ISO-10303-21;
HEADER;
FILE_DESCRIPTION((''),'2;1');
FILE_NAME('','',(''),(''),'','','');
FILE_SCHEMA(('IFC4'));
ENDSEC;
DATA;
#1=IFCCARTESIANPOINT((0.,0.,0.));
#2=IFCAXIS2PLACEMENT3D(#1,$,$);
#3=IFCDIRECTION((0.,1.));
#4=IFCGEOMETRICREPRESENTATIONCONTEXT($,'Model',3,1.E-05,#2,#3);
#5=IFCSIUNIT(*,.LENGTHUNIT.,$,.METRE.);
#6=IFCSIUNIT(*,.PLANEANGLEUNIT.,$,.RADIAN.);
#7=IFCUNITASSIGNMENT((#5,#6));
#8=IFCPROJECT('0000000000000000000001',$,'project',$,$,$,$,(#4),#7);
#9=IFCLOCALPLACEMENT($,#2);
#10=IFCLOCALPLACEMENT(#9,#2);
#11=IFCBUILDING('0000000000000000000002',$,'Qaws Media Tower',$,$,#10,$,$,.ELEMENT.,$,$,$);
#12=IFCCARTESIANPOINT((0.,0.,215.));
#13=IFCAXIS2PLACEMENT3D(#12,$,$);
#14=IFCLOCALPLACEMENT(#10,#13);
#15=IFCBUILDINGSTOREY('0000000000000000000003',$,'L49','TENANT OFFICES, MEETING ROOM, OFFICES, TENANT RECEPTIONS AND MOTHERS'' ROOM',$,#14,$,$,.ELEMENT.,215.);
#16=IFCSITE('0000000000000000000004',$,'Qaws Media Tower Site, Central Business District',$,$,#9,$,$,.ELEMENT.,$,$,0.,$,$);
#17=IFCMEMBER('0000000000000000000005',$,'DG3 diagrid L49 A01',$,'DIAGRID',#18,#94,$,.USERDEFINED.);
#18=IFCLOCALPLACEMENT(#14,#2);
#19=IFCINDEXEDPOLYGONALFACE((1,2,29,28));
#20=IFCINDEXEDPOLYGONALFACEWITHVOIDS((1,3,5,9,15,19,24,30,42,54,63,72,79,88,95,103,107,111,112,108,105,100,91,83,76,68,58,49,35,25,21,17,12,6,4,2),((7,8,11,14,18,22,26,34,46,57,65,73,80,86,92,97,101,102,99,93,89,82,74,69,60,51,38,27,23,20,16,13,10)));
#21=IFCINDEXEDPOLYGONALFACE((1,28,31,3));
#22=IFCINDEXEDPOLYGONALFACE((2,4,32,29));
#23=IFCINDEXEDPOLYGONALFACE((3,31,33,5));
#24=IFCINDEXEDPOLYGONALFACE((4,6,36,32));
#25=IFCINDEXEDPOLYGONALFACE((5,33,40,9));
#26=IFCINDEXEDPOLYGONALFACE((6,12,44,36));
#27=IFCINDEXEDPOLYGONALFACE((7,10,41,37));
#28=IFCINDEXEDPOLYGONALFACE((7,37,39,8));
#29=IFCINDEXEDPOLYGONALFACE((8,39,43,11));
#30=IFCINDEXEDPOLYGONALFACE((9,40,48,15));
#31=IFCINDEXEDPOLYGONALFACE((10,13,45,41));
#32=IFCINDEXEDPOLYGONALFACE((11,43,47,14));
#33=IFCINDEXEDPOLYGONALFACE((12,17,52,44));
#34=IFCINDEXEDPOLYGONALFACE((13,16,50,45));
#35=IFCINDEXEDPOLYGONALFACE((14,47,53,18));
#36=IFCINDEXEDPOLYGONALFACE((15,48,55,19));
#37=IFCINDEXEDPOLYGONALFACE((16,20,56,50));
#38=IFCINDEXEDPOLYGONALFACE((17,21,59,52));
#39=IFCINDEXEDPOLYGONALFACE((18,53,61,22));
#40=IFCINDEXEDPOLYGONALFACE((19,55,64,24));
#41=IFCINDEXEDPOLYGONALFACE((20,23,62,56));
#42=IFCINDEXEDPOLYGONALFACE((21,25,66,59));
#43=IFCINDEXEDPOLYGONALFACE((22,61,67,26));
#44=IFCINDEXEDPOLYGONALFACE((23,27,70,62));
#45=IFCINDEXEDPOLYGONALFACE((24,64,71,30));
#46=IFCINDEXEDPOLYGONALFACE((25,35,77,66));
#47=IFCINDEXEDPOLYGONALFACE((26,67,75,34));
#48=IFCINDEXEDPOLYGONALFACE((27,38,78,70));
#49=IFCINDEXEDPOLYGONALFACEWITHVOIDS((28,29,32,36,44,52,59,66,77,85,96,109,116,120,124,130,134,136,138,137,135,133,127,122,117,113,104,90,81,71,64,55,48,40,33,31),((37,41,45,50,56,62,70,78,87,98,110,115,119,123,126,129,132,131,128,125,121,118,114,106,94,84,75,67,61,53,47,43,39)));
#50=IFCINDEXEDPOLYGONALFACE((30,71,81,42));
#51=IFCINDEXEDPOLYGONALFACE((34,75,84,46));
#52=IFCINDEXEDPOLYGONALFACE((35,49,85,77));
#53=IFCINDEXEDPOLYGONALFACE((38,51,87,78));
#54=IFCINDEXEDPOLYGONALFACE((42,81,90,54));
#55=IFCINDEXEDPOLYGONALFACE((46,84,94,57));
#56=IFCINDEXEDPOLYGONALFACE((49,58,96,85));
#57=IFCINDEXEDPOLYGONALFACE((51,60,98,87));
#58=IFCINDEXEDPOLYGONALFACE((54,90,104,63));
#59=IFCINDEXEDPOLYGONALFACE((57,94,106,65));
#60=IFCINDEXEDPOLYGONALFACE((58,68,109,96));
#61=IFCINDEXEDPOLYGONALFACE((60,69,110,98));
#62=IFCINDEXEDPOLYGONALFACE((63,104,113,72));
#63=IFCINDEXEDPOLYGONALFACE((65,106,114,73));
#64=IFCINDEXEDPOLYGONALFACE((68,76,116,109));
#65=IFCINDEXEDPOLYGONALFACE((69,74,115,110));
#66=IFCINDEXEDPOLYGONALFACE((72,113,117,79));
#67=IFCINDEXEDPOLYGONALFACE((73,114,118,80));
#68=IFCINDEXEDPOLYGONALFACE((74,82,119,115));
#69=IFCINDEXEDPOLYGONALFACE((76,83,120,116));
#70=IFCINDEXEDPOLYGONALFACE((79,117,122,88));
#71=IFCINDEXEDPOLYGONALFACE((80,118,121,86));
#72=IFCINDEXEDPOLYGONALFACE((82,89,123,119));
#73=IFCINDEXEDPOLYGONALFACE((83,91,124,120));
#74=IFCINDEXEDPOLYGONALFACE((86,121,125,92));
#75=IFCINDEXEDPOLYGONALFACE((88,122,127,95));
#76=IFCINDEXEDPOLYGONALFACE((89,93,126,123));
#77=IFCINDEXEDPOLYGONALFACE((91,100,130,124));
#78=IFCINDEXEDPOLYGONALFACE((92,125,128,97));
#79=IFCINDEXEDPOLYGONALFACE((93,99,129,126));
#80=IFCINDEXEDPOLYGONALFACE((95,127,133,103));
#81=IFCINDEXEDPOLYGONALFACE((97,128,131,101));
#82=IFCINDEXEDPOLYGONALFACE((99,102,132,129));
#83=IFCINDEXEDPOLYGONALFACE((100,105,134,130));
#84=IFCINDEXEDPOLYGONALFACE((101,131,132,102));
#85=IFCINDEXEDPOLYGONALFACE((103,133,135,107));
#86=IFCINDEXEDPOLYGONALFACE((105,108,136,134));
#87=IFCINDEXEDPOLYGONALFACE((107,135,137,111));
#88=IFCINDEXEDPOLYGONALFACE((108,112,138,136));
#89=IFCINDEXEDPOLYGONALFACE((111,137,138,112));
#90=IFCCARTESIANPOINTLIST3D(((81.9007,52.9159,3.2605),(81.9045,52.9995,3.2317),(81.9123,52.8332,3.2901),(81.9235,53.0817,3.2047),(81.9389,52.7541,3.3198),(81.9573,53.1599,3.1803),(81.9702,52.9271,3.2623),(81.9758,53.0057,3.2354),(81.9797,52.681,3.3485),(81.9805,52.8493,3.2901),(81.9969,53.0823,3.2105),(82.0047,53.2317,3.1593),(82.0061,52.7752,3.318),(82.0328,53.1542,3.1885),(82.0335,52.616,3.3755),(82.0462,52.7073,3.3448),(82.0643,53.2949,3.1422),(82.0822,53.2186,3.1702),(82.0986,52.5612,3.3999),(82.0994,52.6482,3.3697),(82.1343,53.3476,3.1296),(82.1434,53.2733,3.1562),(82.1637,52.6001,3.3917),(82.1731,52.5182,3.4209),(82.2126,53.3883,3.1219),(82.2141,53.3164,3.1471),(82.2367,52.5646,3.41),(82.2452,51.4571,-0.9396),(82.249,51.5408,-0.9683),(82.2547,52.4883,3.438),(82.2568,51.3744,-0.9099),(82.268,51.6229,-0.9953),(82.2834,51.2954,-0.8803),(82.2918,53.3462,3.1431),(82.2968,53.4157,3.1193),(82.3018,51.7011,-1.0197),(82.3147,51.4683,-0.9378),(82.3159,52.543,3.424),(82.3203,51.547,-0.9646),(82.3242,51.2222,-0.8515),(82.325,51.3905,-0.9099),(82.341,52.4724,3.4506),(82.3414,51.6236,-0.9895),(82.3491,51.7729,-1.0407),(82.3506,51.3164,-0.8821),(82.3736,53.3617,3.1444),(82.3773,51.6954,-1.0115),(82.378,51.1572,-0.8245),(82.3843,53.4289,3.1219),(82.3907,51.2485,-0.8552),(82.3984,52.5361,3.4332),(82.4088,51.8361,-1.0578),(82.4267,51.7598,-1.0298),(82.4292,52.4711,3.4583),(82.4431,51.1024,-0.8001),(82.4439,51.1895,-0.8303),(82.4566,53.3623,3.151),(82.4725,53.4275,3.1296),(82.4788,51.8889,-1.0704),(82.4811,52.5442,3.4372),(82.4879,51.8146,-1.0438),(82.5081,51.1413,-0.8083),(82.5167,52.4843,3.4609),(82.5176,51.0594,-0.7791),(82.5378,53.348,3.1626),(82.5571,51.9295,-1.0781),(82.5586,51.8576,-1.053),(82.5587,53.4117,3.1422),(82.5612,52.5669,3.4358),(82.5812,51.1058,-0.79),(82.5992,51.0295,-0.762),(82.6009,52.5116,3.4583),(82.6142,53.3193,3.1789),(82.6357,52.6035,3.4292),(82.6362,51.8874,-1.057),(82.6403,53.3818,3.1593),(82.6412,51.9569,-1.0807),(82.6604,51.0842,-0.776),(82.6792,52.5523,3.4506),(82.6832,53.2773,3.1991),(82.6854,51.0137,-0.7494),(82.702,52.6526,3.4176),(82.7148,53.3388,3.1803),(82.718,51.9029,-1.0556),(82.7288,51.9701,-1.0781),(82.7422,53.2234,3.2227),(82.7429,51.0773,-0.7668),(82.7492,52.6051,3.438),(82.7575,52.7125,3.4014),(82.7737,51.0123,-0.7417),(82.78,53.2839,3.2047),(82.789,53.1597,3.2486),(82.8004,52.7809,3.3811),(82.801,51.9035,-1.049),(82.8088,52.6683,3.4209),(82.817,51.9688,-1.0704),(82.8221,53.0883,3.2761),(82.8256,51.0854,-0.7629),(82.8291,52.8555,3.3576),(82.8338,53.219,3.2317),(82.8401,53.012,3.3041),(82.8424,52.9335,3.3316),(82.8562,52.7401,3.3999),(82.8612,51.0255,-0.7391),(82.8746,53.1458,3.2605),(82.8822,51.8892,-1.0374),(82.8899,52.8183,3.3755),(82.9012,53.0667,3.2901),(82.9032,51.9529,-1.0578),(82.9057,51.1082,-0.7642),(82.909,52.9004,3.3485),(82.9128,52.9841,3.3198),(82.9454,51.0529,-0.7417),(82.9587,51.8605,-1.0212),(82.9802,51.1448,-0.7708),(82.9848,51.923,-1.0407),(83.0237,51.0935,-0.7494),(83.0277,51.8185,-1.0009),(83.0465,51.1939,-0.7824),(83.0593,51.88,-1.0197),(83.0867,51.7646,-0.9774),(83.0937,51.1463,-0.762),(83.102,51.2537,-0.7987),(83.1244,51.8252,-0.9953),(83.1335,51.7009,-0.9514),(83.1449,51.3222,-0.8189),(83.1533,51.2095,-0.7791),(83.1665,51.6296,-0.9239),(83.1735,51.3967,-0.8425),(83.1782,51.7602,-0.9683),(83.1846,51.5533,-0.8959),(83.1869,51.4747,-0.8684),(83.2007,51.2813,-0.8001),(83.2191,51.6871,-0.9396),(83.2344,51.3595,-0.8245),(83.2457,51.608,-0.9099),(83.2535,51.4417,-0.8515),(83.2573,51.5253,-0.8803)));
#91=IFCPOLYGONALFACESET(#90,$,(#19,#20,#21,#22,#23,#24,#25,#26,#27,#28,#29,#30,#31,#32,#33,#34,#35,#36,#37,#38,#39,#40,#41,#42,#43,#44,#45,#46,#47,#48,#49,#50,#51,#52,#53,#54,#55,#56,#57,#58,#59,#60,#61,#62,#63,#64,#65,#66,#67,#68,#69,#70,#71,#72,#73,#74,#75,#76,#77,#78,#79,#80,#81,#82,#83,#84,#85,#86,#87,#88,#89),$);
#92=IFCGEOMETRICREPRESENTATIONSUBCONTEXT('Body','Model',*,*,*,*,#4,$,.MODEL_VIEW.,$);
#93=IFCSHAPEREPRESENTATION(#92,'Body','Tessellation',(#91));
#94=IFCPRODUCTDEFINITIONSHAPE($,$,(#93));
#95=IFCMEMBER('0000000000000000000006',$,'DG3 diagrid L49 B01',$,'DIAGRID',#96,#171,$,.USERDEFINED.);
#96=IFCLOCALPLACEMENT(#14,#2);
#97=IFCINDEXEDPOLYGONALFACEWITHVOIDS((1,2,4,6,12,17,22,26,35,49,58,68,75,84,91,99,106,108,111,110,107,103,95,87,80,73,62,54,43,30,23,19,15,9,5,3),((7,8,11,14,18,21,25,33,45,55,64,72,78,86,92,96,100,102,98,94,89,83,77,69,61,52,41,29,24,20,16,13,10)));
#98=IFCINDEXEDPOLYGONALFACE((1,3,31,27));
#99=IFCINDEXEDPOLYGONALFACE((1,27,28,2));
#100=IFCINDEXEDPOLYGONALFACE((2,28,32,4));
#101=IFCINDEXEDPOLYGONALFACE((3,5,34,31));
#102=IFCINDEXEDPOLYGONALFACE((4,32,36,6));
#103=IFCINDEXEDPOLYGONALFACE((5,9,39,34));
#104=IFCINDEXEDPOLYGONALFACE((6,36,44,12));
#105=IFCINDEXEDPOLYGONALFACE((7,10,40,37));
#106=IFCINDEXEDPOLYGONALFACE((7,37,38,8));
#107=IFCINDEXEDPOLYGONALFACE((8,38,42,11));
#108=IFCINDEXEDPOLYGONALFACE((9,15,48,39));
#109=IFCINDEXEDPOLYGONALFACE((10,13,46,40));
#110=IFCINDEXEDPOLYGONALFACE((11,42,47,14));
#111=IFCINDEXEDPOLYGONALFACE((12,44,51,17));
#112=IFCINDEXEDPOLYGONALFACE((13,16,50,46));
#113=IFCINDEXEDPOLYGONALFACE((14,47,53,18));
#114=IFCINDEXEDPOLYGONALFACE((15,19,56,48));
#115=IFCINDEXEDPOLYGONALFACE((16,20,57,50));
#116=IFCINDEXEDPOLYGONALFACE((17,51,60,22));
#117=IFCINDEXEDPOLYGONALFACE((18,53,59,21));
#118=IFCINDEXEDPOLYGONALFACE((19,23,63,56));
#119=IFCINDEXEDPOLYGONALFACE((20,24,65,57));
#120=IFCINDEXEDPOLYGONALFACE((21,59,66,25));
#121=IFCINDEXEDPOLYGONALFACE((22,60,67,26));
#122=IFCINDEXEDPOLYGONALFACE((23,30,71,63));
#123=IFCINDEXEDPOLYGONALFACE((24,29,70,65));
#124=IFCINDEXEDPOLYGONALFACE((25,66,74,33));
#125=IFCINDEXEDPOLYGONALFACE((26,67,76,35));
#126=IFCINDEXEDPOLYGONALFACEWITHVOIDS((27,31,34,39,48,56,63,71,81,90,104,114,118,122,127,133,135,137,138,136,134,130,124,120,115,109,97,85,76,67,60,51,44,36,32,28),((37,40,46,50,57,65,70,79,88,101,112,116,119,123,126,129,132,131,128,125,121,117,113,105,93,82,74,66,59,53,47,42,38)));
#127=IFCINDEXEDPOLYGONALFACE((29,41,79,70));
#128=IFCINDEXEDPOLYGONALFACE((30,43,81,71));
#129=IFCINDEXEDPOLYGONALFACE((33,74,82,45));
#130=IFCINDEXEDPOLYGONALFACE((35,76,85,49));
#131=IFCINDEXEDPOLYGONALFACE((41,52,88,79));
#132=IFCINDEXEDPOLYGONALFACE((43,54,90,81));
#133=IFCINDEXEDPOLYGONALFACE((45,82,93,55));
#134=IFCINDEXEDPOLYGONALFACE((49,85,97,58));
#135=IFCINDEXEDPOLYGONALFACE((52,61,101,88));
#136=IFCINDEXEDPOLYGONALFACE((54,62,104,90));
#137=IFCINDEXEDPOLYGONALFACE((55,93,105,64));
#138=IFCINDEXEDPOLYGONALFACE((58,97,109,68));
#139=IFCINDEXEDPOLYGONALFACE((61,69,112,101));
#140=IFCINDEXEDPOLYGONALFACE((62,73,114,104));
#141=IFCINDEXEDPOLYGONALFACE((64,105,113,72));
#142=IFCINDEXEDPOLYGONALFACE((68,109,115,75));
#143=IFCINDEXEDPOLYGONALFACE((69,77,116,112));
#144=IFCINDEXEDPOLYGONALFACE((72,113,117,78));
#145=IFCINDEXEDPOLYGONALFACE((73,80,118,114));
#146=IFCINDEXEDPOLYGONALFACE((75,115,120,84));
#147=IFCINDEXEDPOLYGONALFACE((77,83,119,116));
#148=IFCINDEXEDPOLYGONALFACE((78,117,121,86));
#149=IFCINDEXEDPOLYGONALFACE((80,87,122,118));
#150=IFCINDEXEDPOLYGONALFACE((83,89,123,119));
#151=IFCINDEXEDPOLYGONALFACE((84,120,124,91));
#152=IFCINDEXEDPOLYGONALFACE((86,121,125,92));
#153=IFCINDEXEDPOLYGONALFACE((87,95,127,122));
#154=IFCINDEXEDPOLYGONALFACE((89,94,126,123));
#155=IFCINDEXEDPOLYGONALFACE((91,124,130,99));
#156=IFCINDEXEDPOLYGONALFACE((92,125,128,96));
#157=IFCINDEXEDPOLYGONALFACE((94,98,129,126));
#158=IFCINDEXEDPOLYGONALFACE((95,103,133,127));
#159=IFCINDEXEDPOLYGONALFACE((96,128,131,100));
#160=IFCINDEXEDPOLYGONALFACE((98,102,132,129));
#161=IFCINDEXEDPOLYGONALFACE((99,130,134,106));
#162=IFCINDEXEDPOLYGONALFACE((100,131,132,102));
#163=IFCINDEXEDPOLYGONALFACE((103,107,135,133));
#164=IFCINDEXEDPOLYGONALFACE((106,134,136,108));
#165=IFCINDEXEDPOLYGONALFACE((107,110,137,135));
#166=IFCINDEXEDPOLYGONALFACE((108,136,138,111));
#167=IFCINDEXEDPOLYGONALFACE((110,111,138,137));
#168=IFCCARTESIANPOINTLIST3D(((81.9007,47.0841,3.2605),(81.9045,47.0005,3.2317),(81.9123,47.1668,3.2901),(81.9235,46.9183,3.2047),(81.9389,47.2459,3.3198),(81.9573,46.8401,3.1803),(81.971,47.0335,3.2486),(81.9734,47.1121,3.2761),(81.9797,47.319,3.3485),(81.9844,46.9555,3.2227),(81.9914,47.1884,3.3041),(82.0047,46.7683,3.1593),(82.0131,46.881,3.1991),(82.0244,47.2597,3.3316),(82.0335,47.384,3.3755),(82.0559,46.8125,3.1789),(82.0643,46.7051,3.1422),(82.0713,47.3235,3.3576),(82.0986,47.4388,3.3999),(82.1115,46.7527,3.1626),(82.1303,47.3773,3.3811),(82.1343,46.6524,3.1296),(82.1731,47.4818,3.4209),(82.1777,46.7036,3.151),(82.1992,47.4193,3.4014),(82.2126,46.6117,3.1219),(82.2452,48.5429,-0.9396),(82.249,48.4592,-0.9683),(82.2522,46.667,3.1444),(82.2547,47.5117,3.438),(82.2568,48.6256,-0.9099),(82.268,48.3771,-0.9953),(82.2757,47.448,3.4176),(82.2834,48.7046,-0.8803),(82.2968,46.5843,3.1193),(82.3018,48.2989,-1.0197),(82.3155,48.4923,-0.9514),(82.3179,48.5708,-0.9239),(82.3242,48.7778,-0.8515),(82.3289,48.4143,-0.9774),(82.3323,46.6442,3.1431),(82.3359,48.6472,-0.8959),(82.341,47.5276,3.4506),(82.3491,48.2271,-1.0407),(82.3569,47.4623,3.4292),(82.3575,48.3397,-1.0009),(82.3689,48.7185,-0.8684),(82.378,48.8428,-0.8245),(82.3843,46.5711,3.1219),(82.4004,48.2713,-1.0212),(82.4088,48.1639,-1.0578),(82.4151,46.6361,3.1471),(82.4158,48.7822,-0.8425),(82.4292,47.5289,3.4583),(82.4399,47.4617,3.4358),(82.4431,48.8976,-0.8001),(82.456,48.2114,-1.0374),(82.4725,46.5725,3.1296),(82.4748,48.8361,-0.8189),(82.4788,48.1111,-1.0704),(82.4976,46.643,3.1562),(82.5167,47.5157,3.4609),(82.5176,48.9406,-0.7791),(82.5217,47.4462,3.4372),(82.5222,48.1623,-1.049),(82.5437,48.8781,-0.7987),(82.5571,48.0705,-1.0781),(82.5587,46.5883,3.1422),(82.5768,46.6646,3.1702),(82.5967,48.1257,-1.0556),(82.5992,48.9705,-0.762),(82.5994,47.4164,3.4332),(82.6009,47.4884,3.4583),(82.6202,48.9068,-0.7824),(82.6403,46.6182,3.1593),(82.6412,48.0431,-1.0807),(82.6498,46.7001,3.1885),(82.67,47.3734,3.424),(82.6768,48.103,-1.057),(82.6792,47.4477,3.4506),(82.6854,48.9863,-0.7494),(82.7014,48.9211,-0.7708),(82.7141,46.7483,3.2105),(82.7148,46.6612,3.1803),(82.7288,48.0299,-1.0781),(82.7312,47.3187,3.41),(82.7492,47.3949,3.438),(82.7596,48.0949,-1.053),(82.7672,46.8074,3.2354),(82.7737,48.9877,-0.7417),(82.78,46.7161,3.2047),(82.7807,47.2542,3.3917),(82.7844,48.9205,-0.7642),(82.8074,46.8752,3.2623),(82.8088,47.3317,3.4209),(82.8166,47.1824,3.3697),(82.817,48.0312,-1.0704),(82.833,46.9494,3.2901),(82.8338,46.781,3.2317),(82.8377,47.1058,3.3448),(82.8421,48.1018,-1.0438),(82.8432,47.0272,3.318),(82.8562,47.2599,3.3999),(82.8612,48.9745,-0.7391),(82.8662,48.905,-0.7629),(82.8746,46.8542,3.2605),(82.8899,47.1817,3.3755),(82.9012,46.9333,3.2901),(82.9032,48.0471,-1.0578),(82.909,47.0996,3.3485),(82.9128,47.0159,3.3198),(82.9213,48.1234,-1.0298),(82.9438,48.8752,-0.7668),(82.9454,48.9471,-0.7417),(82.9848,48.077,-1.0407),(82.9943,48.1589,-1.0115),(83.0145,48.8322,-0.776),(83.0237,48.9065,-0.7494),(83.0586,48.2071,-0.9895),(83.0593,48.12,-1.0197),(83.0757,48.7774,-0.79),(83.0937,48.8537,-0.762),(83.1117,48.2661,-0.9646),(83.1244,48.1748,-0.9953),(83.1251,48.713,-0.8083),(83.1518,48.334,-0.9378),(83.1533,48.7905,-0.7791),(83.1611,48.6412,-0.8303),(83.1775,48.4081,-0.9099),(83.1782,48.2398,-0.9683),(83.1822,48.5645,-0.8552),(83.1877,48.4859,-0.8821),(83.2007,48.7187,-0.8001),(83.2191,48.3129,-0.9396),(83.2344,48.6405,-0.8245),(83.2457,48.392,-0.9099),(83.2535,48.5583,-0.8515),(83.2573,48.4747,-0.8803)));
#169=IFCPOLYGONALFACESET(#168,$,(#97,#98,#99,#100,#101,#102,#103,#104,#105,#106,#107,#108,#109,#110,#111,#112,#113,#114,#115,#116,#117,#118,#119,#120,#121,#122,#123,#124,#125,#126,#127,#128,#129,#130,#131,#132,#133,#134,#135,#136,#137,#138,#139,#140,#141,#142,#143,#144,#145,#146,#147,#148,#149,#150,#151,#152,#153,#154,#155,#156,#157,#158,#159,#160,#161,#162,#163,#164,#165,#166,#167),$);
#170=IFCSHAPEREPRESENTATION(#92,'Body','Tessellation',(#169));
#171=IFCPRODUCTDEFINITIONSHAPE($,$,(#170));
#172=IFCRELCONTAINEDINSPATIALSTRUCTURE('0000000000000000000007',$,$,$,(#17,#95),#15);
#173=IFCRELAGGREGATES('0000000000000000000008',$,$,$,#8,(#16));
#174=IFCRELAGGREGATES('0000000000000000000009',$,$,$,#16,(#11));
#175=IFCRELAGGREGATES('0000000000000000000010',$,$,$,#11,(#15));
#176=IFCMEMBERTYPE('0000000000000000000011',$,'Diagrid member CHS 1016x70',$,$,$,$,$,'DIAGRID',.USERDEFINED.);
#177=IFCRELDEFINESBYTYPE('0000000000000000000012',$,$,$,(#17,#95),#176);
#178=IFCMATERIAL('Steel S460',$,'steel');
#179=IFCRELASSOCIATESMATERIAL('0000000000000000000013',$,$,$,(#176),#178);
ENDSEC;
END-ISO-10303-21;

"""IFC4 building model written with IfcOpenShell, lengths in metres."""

from ifc_helpers import new_model, si_unit, direction, frame, origin, origin_2d, place, context, subcontext, project, spatial, hollow_circle, extrude, material, material_profile, profile_set, type_object, element, save


model = new_model("IFC4")

# Units and contexts
model_context = context("Model", 3, precision=1e-05, world=origin(), true_north=direction((0.0, 1.0)))
body_context = subcontext(model_context, "Body", "Model", "MODEL_VIEW")
ifc_project = project(units=[si_unit("LENGTHUNIT", "METRE"), si_unit("PLANEANGLEUNIT", "RADIAN")], contexts=[model_context])

# Site, building, storey
site_placement = place(None, origin())
site = spatial("IfcSite", under=ifc_project, at=site_placement, Name="Qaws Media Tower Site, Central Business District", CompositionType="ELEMENT", RefElevation=0.0)
building_placement = place(site_placement, origin())
building = spatial("IfcBuilding", under=site, at=building_placement, Name="Qaws Media Tower", CompositionType="ELEMENT")
storey_placement = place(building_placement, frame((0.0, 0.0, 215.0)))
storey = spatial("IfcBuildingStorey", under=building, at=storey_placement, Name="L49", Description="TENANT OFFICES, MEETING ROOM, OFFICES, TENANT RECEPTIONS AND MOTHERS' ROOM", CompositionType="ELEMENT", Elevation=215.0)

# Members
ifc_material_1 = material(Name="Steel S460", Category="steel")
ifc_material_profile_1 = material_profile(ifc_material_1, hollow_circle(Radius=0.5081, WallThickness=0.0701, at=origin_2d()), Name="CHS 1016x70")
ifc_profile_set_1 = profile_set([ifc_material_profile_1], Name="Steel S460")
member_type_1 = type_object("IfcMemberType", Name="Diagrid member CHS 1016x70", ElementType="DIAGRID", PredefinedType="USERDEFINED", material=ifc_profile_set_1)
for number, where, z_axis, x_axis, name in (
    (1, (82.7512, 51.4912, -0.9099), (-0.077249, 0.327116, 0.941821), (-0.973231, -0.229829, 0.0), "DG3 diagrid L49 A01"),
    (2, (82.7512, 48.5088, -0.9099), (-0.077249, -0.327116, 0.941821), (0.973231, -0.229829, 0.0), "DG3 diagrid L49 B01"),
):
    element("IfcMember", number, at=place(storey_placement, frame(where, z_axis=z_axis, x_axis=x_axis)), inside=storey, type_object=member_type_1, Name=name, ObjectType="DIAGRID", PredefinedType="USERDEFINED", context=body_context, shape_type="SweptSolid", body=[
        extrude(hollow_circle(Radius=0.5081, WallThickness=0.0701, at=origin_2d()), origin(), (0.0, 0.0, 1.0), 4.4595),
    ])

save(model, "model.ifc")
